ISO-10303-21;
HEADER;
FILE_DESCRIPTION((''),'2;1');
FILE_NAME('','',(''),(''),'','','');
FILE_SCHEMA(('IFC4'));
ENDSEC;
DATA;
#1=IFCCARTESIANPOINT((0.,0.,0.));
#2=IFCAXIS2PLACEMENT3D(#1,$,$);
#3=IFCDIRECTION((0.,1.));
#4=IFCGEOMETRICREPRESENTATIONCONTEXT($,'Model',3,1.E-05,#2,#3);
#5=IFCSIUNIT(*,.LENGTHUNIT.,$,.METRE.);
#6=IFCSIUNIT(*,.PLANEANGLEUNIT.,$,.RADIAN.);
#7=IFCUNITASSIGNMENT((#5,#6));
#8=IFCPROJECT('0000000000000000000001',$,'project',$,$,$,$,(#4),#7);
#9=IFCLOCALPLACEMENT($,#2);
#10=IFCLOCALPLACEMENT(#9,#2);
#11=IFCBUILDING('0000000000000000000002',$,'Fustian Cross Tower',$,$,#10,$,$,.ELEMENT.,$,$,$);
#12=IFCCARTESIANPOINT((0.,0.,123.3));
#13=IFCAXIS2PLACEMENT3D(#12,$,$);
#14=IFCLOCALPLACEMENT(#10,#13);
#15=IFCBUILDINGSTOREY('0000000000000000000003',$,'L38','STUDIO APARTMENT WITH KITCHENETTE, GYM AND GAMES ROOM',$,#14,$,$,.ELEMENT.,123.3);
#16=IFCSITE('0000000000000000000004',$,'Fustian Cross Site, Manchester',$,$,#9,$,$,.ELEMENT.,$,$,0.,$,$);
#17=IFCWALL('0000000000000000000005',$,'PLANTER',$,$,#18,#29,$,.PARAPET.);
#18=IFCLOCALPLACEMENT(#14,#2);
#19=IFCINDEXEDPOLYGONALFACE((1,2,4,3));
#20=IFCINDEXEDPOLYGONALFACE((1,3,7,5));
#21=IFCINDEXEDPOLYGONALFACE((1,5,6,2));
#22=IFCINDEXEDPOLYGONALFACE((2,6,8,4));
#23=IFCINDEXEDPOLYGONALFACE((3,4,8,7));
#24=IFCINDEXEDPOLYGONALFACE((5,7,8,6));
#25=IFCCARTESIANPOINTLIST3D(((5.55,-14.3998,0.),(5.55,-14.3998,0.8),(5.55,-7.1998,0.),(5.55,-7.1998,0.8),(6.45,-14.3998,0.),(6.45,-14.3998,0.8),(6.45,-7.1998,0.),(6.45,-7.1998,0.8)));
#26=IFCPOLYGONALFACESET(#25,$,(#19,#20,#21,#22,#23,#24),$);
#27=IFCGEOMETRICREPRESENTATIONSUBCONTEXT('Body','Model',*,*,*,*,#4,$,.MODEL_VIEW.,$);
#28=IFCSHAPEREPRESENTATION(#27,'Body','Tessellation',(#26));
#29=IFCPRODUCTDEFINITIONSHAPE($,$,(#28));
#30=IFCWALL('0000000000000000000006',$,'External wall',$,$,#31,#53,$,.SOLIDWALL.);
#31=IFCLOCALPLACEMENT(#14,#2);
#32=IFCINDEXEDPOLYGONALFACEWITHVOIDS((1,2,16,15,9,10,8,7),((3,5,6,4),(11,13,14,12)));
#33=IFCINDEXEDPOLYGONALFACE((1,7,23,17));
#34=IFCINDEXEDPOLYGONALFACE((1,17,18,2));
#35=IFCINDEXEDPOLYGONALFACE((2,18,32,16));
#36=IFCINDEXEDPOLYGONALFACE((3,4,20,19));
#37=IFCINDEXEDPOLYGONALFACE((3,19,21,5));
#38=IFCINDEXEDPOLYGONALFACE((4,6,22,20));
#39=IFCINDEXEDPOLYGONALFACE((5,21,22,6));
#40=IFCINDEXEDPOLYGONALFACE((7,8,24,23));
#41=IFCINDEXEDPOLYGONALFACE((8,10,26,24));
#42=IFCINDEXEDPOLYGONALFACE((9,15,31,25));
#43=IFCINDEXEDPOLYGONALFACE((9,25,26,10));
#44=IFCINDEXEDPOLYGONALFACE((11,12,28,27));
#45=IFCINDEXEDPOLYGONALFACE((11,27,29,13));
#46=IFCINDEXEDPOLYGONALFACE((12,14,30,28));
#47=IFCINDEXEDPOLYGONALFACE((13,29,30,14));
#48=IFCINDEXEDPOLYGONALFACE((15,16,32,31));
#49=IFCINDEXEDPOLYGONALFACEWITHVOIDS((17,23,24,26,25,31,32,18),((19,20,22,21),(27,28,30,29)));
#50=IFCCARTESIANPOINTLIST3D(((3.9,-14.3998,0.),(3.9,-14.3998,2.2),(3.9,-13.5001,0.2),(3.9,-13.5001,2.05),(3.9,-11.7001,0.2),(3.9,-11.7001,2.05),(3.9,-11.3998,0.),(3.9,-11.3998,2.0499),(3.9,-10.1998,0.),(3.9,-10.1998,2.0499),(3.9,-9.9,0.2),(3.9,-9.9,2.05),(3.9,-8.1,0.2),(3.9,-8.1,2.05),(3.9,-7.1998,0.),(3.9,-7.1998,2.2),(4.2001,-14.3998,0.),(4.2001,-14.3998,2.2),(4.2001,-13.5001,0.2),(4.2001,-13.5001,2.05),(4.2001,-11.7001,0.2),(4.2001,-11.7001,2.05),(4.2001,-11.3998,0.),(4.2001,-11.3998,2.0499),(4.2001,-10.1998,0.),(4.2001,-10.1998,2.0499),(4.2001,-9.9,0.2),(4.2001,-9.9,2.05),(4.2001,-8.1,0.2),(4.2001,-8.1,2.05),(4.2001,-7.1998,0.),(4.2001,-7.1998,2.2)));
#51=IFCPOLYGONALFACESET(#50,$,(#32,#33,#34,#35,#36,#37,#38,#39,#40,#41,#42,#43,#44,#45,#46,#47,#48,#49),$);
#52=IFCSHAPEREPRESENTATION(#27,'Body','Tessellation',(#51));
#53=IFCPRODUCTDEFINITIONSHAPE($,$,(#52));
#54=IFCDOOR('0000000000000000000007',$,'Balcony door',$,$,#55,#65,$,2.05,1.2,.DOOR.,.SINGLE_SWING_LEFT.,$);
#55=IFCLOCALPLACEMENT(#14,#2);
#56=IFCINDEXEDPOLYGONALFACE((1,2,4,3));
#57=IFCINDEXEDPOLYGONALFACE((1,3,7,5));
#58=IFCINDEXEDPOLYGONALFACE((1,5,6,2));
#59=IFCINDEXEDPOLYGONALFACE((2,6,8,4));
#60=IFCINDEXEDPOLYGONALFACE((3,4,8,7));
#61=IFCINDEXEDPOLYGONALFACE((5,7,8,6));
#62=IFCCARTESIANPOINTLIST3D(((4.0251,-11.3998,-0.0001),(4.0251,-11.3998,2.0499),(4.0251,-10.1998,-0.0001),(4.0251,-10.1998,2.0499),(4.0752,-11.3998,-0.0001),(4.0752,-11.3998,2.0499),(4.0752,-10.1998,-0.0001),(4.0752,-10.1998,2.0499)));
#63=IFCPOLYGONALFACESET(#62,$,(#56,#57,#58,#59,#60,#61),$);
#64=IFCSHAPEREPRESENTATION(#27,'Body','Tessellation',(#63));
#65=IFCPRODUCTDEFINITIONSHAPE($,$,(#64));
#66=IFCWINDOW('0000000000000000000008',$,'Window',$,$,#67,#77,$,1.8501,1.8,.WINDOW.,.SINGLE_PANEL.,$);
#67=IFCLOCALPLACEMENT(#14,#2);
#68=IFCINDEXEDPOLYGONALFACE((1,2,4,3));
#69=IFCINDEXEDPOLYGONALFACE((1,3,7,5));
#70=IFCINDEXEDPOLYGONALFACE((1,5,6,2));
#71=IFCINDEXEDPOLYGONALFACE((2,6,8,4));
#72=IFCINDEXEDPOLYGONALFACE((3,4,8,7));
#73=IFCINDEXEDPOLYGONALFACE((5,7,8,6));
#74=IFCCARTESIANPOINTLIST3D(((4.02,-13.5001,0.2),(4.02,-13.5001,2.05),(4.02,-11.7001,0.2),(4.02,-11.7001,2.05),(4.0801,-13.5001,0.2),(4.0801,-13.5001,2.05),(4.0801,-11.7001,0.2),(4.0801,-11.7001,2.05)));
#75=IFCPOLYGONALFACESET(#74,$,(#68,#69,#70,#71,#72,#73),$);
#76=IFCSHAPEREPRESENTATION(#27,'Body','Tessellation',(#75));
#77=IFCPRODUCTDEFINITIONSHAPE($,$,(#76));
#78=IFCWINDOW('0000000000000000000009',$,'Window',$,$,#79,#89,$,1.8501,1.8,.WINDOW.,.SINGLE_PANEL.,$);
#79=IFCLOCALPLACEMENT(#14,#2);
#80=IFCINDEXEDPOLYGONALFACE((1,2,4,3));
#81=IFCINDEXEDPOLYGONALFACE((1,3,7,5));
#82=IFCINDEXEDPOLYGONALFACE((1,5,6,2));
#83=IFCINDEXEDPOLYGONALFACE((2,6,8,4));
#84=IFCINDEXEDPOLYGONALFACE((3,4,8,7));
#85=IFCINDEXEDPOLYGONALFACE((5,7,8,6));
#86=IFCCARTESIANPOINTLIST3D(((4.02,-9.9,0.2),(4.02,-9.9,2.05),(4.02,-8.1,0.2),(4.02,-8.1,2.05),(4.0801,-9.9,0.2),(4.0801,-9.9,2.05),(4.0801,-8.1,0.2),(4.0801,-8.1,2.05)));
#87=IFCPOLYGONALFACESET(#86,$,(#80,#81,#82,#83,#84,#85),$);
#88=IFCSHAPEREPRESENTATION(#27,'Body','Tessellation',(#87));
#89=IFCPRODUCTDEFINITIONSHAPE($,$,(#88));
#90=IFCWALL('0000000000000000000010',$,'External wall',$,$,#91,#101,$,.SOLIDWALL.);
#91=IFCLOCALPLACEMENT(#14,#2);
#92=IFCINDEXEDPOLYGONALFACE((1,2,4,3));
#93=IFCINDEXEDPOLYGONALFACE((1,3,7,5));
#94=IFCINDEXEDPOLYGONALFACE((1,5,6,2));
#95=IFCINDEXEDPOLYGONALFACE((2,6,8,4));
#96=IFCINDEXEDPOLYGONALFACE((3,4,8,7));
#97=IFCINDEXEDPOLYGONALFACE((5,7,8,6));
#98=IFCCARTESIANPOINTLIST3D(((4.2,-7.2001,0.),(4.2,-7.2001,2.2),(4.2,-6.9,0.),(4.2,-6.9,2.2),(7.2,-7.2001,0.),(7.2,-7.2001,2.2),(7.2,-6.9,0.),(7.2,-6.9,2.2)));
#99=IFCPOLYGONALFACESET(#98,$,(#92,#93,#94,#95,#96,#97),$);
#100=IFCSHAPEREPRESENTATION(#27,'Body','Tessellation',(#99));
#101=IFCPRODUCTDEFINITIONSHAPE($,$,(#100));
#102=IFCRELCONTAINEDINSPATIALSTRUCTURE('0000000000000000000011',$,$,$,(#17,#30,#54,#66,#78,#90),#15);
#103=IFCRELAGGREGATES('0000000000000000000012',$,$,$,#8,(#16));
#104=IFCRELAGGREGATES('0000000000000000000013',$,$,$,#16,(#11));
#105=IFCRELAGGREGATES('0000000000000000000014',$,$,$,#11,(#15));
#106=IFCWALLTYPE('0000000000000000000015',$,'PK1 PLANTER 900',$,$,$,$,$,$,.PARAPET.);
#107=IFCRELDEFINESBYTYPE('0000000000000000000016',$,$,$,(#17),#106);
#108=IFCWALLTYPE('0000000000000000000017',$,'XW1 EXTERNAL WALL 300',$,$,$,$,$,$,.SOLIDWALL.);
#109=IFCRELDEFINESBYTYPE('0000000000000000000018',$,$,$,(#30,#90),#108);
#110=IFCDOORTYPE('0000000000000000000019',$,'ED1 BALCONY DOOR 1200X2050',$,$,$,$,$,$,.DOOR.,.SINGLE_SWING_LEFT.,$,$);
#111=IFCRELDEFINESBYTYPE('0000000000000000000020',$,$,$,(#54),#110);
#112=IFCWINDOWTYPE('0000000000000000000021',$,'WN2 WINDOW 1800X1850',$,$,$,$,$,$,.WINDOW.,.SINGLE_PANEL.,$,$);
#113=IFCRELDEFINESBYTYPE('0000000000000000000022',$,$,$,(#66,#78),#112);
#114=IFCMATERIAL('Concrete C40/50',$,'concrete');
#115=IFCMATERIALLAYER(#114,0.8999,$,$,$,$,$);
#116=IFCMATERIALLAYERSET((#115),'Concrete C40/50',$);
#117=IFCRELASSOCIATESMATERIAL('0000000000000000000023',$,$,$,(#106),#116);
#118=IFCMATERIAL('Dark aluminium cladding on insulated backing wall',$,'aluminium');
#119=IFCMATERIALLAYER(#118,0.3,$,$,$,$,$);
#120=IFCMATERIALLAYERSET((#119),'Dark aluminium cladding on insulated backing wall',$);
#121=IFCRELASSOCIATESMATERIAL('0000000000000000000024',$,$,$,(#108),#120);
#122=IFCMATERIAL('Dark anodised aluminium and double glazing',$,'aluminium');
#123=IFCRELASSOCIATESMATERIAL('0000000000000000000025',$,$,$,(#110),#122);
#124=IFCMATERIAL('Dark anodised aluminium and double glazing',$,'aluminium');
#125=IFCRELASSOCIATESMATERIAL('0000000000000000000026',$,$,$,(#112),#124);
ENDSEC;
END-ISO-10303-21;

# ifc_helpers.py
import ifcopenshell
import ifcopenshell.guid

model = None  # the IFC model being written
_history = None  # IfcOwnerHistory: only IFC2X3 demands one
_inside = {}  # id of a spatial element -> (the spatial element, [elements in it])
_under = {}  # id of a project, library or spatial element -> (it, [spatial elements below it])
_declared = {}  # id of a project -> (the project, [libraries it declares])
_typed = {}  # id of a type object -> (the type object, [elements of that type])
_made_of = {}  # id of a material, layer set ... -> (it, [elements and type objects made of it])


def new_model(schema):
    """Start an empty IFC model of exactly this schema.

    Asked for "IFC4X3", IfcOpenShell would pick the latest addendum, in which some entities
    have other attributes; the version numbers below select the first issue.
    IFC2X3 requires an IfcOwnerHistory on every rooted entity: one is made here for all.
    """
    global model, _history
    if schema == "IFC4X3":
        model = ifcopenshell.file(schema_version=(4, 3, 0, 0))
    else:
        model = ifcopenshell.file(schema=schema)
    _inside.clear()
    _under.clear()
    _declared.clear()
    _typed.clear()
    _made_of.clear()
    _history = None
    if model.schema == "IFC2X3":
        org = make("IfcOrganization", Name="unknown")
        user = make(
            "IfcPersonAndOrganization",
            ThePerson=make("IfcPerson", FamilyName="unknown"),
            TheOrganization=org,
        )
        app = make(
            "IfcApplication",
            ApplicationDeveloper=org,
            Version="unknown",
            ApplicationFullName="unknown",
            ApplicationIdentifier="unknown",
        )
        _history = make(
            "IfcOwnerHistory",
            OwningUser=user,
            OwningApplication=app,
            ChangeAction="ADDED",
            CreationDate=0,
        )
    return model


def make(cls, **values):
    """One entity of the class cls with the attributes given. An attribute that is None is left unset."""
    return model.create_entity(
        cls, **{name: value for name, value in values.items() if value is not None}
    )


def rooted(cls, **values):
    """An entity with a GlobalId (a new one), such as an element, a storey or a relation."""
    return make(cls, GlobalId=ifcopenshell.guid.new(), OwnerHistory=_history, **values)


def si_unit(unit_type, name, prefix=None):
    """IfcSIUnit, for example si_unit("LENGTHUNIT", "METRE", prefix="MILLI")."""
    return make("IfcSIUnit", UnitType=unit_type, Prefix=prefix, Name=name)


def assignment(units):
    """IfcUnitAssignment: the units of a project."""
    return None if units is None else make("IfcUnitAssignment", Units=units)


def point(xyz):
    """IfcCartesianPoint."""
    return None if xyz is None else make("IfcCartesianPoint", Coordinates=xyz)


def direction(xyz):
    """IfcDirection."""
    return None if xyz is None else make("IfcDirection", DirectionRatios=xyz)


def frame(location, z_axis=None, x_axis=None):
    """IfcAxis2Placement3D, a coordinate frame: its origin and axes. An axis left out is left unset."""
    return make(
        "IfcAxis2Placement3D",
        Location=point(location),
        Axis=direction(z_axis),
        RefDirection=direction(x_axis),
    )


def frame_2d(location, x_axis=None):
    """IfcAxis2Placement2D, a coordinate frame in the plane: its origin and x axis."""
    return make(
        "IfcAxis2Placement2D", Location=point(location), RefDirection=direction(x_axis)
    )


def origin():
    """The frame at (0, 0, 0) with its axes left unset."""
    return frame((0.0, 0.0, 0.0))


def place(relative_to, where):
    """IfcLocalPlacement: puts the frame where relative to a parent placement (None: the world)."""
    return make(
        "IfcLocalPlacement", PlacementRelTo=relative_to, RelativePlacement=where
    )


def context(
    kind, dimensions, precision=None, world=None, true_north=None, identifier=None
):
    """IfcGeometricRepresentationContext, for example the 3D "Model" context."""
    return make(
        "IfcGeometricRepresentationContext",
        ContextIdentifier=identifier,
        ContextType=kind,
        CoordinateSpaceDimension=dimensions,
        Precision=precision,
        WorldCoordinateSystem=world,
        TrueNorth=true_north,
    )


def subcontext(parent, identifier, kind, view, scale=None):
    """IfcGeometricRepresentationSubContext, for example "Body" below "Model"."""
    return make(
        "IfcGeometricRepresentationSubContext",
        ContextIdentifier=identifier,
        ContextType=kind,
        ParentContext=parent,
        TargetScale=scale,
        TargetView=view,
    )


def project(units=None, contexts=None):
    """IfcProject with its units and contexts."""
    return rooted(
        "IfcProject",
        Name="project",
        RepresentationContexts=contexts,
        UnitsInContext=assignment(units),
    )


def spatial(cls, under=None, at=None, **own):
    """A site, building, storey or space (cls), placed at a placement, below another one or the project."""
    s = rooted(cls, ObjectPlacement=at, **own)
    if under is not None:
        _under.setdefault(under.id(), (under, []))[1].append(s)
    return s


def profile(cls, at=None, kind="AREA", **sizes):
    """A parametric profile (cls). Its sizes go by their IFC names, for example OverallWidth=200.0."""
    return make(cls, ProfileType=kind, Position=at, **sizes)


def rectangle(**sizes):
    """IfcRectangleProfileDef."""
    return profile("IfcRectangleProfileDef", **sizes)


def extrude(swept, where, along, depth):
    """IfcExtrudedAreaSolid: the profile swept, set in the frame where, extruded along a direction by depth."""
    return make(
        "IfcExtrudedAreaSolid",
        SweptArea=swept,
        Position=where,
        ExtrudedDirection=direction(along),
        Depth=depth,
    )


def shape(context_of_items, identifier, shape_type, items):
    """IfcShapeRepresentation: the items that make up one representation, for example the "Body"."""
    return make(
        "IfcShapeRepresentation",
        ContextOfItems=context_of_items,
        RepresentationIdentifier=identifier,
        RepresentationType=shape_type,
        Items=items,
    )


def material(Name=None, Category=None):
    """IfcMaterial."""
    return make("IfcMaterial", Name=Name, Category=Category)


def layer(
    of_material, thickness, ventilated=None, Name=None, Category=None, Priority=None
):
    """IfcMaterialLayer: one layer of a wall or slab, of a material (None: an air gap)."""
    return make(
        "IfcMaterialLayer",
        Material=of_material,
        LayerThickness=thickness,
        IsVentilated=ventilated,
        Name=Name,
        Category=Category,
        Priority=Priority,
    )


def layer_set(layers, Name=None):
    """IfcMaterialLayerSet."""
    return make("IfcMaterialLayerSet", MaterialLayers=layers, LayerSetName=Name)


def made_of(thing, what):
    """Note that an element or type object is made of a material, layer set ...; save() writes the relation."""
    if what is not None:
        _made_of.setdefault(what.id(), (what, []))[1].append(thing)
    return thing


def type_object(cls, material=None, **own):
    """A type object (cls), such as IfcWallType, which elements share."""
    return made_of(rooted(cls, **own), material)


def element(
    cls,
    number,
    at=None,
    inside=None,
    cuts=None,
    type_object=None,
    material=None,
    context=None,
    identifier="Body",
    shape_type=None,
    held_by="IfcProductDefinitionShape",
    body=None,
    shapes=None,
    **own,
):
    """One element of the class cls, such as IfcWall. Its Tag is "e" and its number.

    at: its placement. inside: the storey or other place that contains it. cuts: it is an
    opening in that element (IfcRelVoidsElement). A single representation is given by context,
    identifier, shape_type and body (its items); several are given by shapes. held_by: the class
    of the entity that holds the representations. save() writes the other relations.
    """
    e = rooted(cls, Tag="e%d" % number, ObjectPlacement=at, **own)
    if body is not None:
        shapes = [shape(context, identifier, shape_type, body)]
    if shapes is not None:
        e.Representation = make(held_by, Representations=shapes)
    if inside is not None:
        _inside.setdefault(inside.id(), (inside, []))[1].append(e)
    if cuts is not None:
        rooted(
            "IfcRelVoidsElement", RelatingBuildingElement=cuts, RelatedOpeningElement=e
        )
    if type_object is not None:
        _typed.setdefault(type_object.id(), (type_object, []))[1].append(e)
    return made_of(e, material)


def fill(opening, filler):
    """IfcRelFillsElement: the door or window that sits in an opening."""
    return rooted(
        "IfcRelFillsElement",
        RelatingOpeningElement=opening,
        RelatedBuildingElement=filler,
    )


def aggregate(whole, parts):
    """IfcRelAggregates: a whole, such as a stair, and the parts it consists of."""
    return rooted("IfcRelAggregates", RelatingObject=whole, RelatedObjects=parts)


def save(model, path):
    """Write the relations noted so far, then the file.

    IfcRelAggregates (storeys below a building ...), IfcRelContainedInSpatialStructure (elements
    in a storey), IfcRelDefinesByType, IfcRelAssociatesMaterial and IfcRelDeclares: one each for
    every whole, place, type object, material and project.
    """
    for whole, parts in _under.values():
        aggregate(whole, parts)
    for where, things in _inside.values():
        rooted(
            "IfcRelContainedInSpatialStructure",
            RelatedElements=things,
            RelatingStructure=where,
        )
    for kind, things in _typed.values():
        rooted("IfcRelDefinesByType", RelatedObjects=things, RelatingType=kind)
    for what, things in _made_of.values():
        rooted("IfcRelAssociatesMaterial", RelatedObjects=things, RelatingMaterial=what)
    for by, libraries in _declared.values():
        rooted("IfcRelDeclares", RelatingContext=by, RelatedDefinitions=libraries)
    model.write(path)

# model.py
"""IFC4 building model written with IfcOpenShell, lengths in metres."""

from ifc_helpers import new_model, si_unit, direction, frame, frame_2d, origin, place, context, subcontext, project, spatial, rectangle, extrude, material, layer, layer_set, type_object, element, fill, save


model = new_model("IFC4")

# Units and contexts
model_context = context("Model", 3, precision=1e-05, world=origin(), true_north=direction((0.0, 1.0)))
body_context = subcontext(model_context, "Body", "Model", "MODEL_VIEW")
ifc_project = project(units=[si_unit("LENGTHUNIT", "METRE"), si_unit("PLANEANGLEUNIT", "RADIAN")], contexts=[model_context])

# Site, building, storey
site_placement = place(None, origin())
site = spatial("IfcSite", under=ifc_project, at=site_placement, Name="Fustian Cross Site, Manchester", CompositionType="ELEMENT", RefElevation=0.0)
building_placement = place(site_placement, origin())
building = spatial("IfcBuilding", under=site, at=building_placement, Name="Fustian Cross Tower", CompositionType="ELEMENT")
storey_placement = place(building_placement, frame((0.0, 0.0, 123.3)))
storey = spatial("IfcBuildingStorey", under=building, at=storey_placement, Name="L38", Description="STUDIO APARTMENT WITH KITCHENETTE, GYM AND GAMES ROOM", CompositionType="ELEMENT", Elevation=123.3)

# Wall
ifc_material_1 = material(Name="Concrete C40/50", Category="concrete")
ifc_layer_1 = layer(ifc_material_1, 0.8999)
ifc_layer_set_1 = layer_set([ifc_layer_1], Name="Concrete C40/50")
wall_type_1 = type_object("IfcWallType", Name="PK1 PLANTER 900", PredefinedType="PARAPET", material=ifc_layer_set_1)
wall_1_placement = place(storey_placement, frame((6.0, -14.3999, 0.0), z_axis=(0.0, 0.0, 1.0), x_axis=(0.0, 1.0, 0.0)))
element("IfcWall", 1, at=wall_1_placement, inside=storey, type_object=wall_type_1, Name="PLANTER", PredefinedType="PARAPET", context=body_context, shape_type="SweptSolid", body=[
    extrude(rectangle(XDim=7.2, YDim=0.8999, at=frame_2d((3.6001, 0.0))), origin(), (0.0, 0.0, 1.0), 0.8),
])

# Wall, openings, door, windows
ifc_material_2 = material(Name="Dark aluminium cladding on insulated backing wall", Category="aluminium")
ifc_layer_2 = layer(ifc_material_2, 0.3)
ifc_layer_set_2 = layer_set([ifc_layer_2], Name="Dark aluminium cladding on insulated backing wall")
wall_type_2 = type_object("IfcWallType", Name="XW1 EXTERNAL WALL 300", PredefinedType="SOLIDWALL", material=ifc_layer_set_2)
wall_2_placement = place(storey_placement, frame((4.05, -14.3999, 0.0), z_axis=(0.0, 0.0, 1.0), x_axis=(0.0, 1.0, 0.0)))
wall_2 = element("IfcWall", 2, at=wall_2_placement, inside=storey, type_object=wall_type_2, Name="External wall", PredefinedType="SOLIDWALL", context=body_context, shape_type="SweptSolid", body=[
    extrude(rectangle(XDim=7.2, YDim=0.3, at=frame_2d((3.6001, 0.0))), origin(), (0.0, 0.0, 1.0), 2.2),
])
opening_1_placement = place(wall_2_placement, frame((3.0, 0.0, 0.0)))
opening_1 = element("IfcOpeningElement", 3, at=opening_1_placement, cuts=wall_2, PredefinedType="OPENING", context=body_context, shape_type="SweptSolid", body=[
    extrude(rectangle(XDim=1.2, YDim=2.05, at=frame_2d((0.6001, 1.0249))), frame((0.0, 0.1599, 0.0), z_axis=(0.0, -1.0, 0.0), x_axis=(1.0, 0.0, 0.0)), (0.0, 0.0, 1.0), 0.3201),
])
opening_2_placement = place(wall_2_placement, frame((0.8999, 0.0, 0.2)))
opening_2 = element("IfcOpeningElement", 4, at=opening_2_placement, cuts=wall_2, PredefinedType="OPENING", context=body_context, shape_type="SweptSolid", body=[
    extrude(rectangle(XDim=1.8, YDim=1.8501, at=frame_2d((0.8999, 0.925))), frame((0.0, 0.1599, 0.0), z_axis=(0.0, -1.0, 0.0), x_axis=(1.0, 0.0, 0.0)), (0.0, 0.0, 1.0), 0.3201),
])
opening_3_placement = place(wall_2_placement, frame((4.5, 0.0, 0.2)))
opening_3 = element("IfcOpeningElement", 5, at=opening_3_placement, cuts=wall_2, PredefinedType="OPENING", context=body_context, shape_type="SweptSolid", body=[
    extrude(rectangle(XDim=1.8, YDim=1.8501, at=frame_2d((0.8999, 0.925))), frame((0.0, 0.1599, 0.0), z_axis=(0.0, -1.0, 0.0), x_axis=(1.0, 0.0, 0.0)), (0.0, 0.0, 1.0), 0.3201),
])
ifc_material_3 = material(Name="Dark anodised aluminium and double glazing", Category="aluminium")
door_type_1 = type_object("IfcDoorType", Name="ED1 BALCONY DOOR 1200X2050", OperationType="SINGLE_SWING_LEFT", PredefinedType="DOOR", material=ifc_material_3)
door_1_placement = place(opening_1_placement, origin())
door_1 = element("IfcDoor", 6, at=door_1_placement, inside=storey, type_object=door_type_1, Name="Balcony door", OperationType="SINGLE_SWING_LEFT", OverallHeight=2.05, OverallWidth=1.2, PredefinedType="DOOR", context=body_context, shape_type="SweptSolid", body=[
    extrude(rectangle(XDim=1.2, YDim=2.05, at=frame_2d((0.6001, 1.0249))), frame((0.0, 0.0249, 0.0), z_axis=(0.0, -1.0, 0.0), x_axis=(1.0, 0.0, 0.0)), (0.0, 0.0, 1.0), 0.05),
])
fill(opening_1, door_1)
ifc_material_4 = material(Name="Dark anodised aluminium and double glazing", Category="aluminium")
window_type = type_object("IfcWindowType", Name="WN2 WINDOW 1800X1850", PartitioningType="SINGLE_PANEL", PredefinedType="WINDOW", material=ifc_material_4)
window_1_placement = place(opening_2_placement, origin())
window_1 = element("IfcWindow", 7, at=window_1_placement, inside=storey, type_object=window_type, Name="Window", OverallHeight=1.8501, OverallWidth=1.8, PartitioningType="SINGLE_PANEL", PredefinedType="WINDOW", context=body_context, shape_type="SweptSolid", body=[
    extrude(rectangle(XDim=1.8, YDim=1.8501, at=frame_2d((0.8999, 0.925))), frame((0.0, 0.03, 0.0), z_axis=(0.0, -1.0, 0.0), x_axis=(1.0, 0.0, 0.0)), (0.0, 0.0, 1.0), 0.0601),
])
fill(opening_2, window_1)
window_2_placement = place(opening_3_placement, origin())
window_2 = element("IfcWindow", 8, at=window_2_placement, inside=storey, type_object=window_type, Name="Window", OverallHeight=1.8501, OverallWidth=1.8, PartitioningType="SINGLE_PANEL", PredefinedType="WINDOW", context=body_context, shape_type="SweptSolid", body=[
    extrude(rectangle(XDim=1.8, YDim=1.8501, at=frame_2d((0.8999, 0.925))), frame((0.0, 0.03, 0.0), z_axis=(0.0, -1.0, 0.0), x_axis=(1.0, 0.0, 0.0)), (0.0, 0.0, 1.0), 0.0601),
])
fill(opening_3, window_2)

# Wall
wall_3_placement = place(storey_placement, frame((4.2, -7.05, 0.0), z_axis=(0.0, 0.0, 1.0), x_axis=(1.0, 0.0, 0.0)))
element("IfcWall", 9, at=wall_3_placement, inside=storey, type_object=wall_type_2, Name="External wall", PredefinedType="SOLIDWALL", context=body_context, shape_type="SweptSolid", body=[
    extrude(rectangle(XDim=3.0, YDim=0.3, at=frame_2d((1.5, 0.0))), origin(), (0.0, 0.0, 1.0), 2.2),
])

save(model, "model.ifc")
